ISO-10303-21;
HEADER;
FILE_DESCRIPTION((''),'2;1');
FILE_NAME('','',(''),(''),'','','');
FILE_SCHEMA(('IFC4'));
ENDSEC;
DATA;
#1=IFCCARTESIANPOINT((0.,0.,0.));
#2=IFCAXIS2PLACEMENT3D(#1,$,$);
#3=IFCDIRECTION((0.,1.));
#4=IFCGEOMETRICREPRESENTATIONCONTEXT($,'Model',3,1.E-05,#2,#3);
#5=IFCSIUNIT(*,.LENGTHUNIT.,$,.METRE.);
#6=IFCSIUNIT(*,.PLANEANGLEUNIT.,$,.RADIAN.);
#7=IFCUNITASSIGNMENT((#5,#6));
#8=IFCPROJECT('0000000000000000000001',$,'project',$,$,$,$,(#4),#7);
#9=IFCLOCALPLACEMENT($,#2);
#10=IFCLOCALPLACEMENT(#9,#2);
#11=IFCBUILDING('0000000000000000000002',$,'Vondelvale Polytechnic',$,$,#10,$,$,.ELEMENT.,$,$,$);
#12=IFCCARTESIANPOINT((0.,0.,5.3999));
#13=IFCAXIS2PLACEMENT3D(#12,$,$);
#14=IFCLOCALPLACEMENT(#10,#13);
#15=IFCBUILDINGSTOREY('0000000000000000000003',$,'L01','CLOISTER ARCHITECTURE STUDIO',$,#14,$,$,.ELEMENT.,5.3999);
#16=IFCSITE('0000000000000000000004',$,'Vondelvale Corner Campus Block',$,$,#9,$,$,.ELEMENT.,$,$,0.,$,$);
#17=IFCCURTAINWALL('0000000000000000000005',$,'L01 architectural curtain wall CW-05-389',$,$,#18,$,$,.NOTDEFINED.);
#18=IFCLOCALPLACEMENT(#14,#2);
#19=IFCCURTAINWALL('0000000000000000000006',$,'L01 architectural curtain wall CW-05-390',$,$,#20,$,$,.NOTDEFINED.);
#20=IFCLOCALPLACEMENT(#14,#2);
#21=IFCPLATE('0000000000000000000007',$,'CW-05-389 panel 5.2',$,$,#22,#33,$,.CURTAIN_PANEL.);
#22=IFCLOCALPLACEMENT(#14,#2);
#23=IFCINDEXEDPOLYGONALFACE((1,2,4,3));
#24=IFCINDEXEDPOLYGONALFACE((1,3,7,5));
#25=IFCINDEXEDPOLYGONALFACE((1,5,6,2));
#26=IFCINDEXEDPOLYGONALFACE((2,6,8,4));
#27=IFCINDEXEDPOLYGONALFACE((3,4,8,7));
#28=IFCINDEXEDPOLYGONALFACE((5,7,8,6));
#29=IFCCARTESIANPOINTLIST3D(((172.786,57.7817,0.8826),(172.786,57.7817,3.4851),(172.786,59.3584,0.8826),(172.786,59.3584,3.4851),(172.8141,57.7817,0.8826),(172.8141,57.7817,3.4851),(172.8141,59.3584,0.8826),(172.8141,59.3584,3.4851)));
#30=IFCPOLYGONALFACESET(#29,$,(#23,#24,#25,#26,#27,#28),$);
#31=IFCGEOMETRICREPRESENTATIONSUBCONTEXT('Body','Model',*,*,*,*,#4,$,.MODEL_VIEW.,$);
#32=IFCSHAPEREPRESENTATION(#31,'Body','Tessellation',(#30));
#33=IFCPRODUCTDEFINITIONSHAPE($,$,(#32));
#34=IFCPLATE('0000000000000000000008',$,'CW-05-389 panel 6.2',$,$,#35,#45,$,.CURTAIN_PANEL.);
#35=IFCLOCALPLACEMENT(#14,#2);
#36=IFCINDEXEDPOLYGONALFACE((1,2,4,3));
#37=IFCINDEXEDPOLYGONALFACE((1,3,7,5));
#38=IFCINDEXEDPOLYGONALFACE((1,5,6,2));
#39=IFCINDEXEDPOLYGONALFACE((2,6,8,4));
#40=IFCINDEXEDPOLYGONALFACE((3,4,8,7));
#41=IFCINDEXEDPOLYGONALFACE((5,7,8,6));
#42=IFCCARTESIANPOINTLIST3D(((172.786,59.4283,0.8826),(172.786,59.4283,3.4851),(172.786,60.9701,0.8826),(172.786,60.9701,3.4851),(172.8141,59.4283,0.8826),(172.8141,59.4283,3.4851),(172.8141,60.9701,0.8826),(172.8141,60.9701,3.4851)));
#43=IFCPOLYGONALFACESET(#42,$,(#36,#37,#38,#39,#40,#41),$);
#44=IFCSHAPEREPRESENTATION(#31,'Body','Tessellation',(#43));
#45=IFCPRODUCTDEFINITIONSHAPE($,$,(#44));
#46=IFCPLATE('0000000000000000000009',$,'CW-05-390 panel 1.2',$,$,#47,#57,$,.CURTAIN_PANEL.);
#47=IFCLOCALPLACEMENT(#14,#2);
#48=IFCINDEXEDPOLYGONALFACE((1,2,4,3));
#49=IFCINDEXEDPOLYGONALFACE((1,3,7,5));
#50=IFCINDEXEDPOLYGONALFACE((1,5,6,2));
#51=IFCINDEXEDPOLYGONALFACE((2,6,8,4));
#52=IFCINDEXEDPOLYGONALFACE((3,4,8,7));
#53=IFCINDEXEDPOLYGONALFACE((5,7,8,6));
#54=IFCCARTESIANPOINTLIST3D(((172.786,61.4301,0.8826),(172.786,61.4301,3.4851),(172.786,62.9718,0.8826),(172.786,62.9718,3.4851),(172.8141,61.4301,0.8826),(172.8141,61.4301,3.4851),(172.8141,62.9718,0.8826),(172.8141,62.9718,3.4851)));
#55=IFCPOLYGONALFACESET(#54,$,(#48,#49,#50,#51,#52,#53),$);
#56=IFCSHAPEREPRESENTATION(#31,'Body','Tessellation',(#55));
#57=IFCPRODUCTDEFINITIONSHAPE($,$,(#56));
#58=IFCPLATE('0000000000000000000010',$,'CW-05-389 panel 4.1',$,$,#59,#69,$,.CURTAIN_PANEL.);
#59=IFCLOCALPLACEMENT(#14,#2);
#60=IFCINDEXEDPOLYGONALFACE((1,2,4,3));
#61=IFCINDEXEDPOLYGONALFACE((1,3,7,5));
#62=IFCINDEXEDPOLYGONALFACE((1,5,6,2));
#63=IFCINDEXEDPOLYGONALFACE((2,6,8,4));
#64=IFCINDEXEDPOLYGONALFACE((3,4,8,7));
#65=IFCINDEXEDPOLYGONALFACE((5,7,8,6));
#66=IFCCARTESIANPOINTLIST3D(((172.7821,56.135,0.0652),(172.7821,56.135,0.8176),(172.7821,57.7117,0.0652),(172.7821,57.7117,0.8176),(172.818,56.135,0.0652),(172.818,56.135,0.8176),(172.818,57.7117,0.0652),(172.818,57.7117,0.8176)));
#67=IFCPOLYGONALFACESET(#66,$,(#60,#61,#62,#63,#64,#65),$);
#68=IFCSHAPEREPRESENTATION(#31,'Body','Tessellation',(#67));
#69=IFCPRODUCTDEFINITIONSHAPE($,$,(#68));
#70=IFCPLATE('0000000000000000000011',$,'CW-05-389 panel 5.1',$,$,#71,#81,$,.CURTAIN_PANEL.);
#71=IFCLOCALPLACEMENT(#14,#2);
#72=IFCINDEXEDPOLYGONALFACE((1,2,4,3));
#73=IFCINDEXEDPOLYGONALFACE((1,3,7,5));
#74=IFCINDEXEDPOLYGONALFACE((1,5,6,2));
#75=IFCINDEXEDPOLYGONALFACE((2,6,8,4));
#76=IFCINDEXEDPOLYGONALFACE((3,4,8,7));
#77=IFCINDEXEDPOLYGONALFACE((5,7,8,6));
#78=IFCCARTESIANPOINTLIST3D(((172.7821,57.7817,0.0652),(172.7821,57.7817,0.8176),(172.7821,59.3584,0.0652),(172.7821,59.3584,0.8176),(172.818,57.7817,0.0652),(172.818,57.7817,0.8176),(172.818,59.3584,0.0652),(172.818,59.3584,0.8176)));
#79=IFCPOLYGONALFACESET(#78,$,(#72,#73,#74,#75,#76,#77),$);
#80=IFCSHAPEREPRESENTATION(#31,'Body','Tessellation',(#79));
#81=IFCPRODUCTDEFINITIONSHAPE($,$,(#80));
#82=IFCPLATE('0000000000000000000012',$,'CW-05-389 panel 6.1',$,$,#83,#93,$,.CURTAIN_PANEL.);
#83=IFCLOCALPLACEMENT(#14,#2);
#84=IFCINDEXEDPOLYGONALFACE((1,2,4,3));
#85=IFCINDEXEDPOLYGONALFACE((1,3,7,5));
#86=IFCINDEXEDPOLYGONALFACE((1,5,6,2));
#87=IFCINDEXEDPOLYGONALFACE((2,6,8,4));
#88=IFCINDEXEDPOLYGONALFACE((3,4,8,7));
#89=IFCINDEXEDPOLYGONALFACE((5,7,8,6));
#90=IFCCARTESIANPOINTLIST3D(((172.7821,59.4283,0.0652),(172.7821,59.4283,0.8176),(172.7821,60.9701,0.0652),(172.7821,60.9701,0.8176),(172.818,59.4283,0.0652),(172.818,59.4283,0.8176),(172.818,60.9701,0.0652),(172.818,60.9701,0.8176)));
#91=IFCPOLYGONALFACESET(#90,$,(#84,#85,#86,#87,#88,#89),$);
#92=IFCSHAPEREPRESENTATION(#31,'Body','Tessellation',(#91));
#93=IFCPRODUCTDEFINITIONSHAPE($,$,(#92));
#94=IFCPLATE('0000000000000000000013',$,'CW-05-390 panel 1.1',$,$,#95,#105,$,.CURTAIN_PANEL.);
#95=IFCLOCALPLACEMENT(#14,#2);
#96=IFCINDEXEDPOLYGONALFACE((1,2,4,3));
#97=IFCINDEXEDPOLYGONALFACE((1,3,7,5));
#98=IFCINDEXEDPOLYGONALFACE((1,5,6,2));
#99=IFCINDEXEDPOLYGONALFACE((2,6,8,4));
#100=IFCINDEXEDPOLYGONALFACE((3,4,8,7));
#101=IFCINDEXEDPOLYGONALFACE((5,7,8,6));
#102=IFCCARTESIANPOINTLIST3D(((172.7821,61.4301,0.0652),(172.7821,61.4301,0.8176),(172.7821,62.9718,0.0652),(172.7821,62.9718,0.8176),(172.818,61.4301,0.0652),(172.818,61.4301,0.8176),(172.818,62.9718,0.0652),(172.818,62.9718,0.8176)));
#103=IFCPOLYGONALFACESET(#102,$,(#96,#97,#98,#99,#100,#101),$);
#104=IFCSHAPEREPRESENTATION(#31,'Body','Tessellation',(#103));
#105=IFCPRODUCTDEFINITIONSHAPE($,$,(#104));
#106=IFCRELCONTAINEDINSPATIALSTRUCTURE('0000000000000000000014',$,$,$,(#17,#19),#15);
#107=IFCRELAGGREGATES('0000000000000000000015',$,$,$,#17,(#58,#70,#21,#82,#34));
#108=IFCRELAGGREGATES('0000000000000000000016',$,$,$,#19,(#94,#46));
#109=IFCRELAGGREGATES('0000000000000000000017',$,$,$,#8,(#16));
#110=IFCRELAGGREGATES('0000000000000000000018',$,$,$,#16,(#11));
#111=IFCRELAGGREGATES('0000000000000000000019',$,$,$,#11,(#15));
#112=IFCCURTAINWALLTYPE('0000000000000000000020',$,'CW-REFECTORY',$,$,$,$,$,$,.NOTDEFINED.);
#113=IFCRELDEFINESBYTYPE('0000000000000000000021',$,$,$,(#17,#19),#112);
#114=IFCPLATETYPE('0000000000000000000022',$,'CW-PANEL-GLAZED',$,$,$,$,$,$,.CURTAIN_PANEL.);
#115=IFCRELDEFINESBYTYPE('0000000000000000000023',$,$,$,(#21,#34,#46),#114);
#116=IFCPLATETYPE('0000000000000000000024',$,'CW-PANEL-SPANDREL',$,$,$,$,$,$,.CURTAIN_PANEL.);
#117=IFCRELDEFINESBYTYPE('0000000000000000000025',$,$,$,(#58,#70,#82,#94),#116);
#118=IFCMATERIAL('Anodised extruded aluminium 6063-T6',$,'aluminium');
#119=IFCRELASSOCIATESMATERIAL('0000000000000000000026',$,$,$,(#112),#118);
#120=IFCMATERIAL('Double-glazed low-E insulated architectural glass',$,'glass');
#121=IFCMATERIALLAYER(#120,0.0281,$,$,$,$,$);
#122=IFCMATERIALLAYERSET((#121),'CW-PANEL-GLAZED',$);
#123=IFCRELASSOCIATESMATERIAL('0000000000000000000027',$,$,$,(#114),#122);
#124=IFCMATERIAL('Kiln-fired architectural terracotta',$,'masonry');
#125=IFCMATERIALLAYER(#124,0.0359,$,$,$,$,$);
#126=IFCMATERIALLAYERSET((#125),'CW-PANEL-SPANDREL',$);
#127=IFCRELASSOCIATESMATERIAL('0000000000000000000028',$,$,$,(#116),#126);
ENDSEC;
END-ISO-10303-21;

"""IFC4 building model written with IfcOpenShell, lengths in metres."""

from ifc_helpers import new_model, si_unit, direction, frame, origin, origin_2d, place, context, subcontext, project, spatial, rectangle, extrude, material, layer, layer_set, type_object, element, aggregate, save


model = new_model("IFC4")

# Units and contexts
model_context = context("Model", 3, precision=1e-05, world=origin(), true_north=direction((0.0, 1.0)))
body_context = subcontext(model_context, "Body", "Model", "MODEL_VIEW")
ifc_project = project(units=[si_unit("LENGTHUNIT", "METRE"), si_unit("PLANEANGLEUNIT", "RADIAN")], contexts=[model_context])

# Site, building, storey
site_placement = place(None, origin())
site = spatial("IfcSite", under=ifc_project, at=site_placement, Name="Vondelvale Corner Campus Block", CompositionType="ELEMENT", RefElevation=0.0)
building_placement = place(site_placement, origin())
building = spatial("IfcBuilding", under=site, at=building_placement, Name="Vondelvale Polytechnic", CompositionType="ELEMENT")
storey_placement = place(building_placement, frame((0.0, 0.0, 5.3999)))
storey = spatial("IfcBuildingStorey", under=building, at=storey_placement, Name="L01", Description="CLOISTER ARCHITECTURE STUDIO", CompositionType="ELEMENT", Elevation=5.3999)

# Curtain wall
ifc_material_1 = material(Name="Anodised extruded aluminium 6063-T6", Category="aluminium")
curtain_wall_type = type_object("IfcCurtainWallType", Name="CW-REFECTORY", PredefinedType="NOTDEFINED", material=ifc_material_1)
curtain_wall_1_placement = place(storey_placement, origin())
curtain_wall_1 = element("IfcCurtainWall", 1, at=curtain_wall_1_placement, inside=storey, type_object=curtain_wall_type, Name="L01 architectural curtain wall CW-05-389", PredefinedType="NOTDEFINED")

# Curtain wall
curtain_wall_2_placement = place(storey_placement, origin())
curtain_wall_2 = element("IfcCurtainWall", 2, at=curtain_wall_2_placement, inside=storey, type_object=curtain_wall_type, Name="L01 architectural curtain wall CW-05-390", PredefinedType="NOTDEFINED")

# Plates
ifc_material_2 = material(Name="Double-glazed low-E insulated architectural glass", Category="glass")
ifc_layer_1 = layer(ifc_material_2, 0.0281)
ifc_layer_set_1 = layer_set([ifc_layer_1], Name="CW-PANEL-GLAZED")
plate_type_1 = type_object("IfcPlateType", Name="CW-PANEL-GLAZED", PredefinedType="CURTAIN_PANEL", material=ifc_layer_set_1)
plate_1_placement = place(storey_placement, frame((172.8, 58.5701, 0.8826), z_axis=(0.0, 0.0, 1.0), x_axis=(0.0, 1.0, 0.0)))
plate_1 = element("IfcPlate", 3, at=plate_1_placement, type_object=plate_type_1, Name="CW-05-389 panel 5.2", PredefinedType="CURTAIN_PANEL", context=body_context, shape_type="SweptSolid", body=[
    extrude(rectangle(XDim=1.5767, YDim=0.0281, at=origin_2d()), origin(), (0.0, 0.0, 1.0), 2.6025),
])
plate_2_placement = place(storey_placement, frame((172.8, 60.1992, 0.8826), z_axis=(0.0, 0.0, 1.0), x_axis=(0.0, 1.0, 0.0)))
plate_2 = element("IfcPlate", 4, at=plate_2_placement, type_object=plate_type_1, Name="CW-05-389 panel 6.2", PredefinedType="CURTAIN_PANEL", context=body_context, shape_type="SweptSolid", body=[
    extrude(rectangle(XDim=1.5417, YDim=0.0281, at=origin_2d()), origin(), (0.0, 0.0, 1.0), 2.6025),
])
plate_3_placement = place(storey_placement, frame((172.8, 62.2009, 0.8826), z_axis=(0.0, 0.0, 1.0), x_axis=(0.0, 1.0, 0.0)))
plate_3 = element("IfcPlate", 5, at=plate_3_placement, type_object=plate_type_1, Name="CW-05-390 panel 1.2", PredefinedType="CURTAIN_PANEL", context=body_context, shape_type="SweptSolid", body=[
    extrude(rectangle(XDim=1.5417, YDim=0.0281, at=origin_2d()), origin(), (0.0, 0.0, 1.0), 2.6025),
])
ifc_material_3 = material(Name="Kiln-fired architectural terracotta", Category="masonry")
ifc_layer_2 = layer(ifc_material_3, 0.0359)
ifc_layer_set_2 = layer_set([ifc_layer_2], Name="CW-PANEL-SPANDREL")
plate_type_2 = type_object("IfcPlateType", Name="CW-PANEL-SPANDREL", PredefinedType="CURTAIN_PANEL", material=ifc_layer_set_2)
plate_4_placement = place(storey_placement, frame((172.8, 56.9233, 0.0652), z_axis=(0.0, 0.0, 1.0), x_axis=(0.0, 1.0, 0.0)))
plate_4 = element("IfcPlate", 6, at=plate_4_placement, type_object=plate_type_2, Name="CW-05-389 panel 4.1", PredefinedType="CURTAIN_PANEL", context=body_context, shape_type="SweptSolid", body=[
    extrude(rectangle(XDim=1.5767, YDim=0.0359, at=origin_2d()), origin(), (0.0, 0.0, 1.0), 0.7524),
])
plate_5_placement = place(storey_placement, frame((172.8, 58.5701, 0.0652), z_axis=(0.0, 0.0, 1.0), x_axis=(0.0, 1.0, 0.0)))
plate_5 = element("IfcPlate", 7, at=plate_5_placement, type_object=plate_type_2, Name="CW-05-389 panel 5.1", PredefinedType="CURTAIN_PANEL", context=body_context, shape_type="SweptSolid", body=[
    extrude(rectangle(XDim=1.5767, YDim=0.0359, at=origin_2d()), origin(), (0.0, 0.0, 1.0), 0.7524),
])
plate_6_placement = place(storey_placement, frame((172.8, 60.1992, 0.0652), z_axis=(0.0, 0.0, 1.0), x_axis=(0.0, 1.0, 0.0)))
plate_6 = element("IfcPlate", 8, at=plate_6_placement, type_object=plate_type_2, Name="CW-05-389 panel 6.1", PredefinedType="CURTAIN_PANEL", context=body_context, shape_type="SweptSolid", body=[
    extrude(rectangle(XDim=1.5417, YDim=0.0359, at=origin_2d()), origin(), (0.0, 0.0, 1.0), 0.7524),
])
aggregate(curtain_wall_1, [plate_4, plate_5, plate_1, plate_6, plate_2])
plate_7_placement = place(storey_placement, frame((172.8, 62.2009, 0.0652), z_axis=(0.0, 0.0, 1.0), x_axis=(0.0, 1.0, 0.0)))
plate_7 = element("IfcPlate", 9, at=plate_7_placement, type_object=plate_type_2, Name="CW-05-390 panel 1.1", PredefinedType="CURTAIN_PANEL", context=body_context, shape_type="SweptSolid", body=[
    extrude(rectangle(XDim=1.5417, YDim=0.0359, at=origin_2d()), origin(), (0.0, 0.0, 1.0), 0.7524),
])
aggregate(curtain_wall_2, [plate_7, plate_3])

save(model, "model.ifc")
